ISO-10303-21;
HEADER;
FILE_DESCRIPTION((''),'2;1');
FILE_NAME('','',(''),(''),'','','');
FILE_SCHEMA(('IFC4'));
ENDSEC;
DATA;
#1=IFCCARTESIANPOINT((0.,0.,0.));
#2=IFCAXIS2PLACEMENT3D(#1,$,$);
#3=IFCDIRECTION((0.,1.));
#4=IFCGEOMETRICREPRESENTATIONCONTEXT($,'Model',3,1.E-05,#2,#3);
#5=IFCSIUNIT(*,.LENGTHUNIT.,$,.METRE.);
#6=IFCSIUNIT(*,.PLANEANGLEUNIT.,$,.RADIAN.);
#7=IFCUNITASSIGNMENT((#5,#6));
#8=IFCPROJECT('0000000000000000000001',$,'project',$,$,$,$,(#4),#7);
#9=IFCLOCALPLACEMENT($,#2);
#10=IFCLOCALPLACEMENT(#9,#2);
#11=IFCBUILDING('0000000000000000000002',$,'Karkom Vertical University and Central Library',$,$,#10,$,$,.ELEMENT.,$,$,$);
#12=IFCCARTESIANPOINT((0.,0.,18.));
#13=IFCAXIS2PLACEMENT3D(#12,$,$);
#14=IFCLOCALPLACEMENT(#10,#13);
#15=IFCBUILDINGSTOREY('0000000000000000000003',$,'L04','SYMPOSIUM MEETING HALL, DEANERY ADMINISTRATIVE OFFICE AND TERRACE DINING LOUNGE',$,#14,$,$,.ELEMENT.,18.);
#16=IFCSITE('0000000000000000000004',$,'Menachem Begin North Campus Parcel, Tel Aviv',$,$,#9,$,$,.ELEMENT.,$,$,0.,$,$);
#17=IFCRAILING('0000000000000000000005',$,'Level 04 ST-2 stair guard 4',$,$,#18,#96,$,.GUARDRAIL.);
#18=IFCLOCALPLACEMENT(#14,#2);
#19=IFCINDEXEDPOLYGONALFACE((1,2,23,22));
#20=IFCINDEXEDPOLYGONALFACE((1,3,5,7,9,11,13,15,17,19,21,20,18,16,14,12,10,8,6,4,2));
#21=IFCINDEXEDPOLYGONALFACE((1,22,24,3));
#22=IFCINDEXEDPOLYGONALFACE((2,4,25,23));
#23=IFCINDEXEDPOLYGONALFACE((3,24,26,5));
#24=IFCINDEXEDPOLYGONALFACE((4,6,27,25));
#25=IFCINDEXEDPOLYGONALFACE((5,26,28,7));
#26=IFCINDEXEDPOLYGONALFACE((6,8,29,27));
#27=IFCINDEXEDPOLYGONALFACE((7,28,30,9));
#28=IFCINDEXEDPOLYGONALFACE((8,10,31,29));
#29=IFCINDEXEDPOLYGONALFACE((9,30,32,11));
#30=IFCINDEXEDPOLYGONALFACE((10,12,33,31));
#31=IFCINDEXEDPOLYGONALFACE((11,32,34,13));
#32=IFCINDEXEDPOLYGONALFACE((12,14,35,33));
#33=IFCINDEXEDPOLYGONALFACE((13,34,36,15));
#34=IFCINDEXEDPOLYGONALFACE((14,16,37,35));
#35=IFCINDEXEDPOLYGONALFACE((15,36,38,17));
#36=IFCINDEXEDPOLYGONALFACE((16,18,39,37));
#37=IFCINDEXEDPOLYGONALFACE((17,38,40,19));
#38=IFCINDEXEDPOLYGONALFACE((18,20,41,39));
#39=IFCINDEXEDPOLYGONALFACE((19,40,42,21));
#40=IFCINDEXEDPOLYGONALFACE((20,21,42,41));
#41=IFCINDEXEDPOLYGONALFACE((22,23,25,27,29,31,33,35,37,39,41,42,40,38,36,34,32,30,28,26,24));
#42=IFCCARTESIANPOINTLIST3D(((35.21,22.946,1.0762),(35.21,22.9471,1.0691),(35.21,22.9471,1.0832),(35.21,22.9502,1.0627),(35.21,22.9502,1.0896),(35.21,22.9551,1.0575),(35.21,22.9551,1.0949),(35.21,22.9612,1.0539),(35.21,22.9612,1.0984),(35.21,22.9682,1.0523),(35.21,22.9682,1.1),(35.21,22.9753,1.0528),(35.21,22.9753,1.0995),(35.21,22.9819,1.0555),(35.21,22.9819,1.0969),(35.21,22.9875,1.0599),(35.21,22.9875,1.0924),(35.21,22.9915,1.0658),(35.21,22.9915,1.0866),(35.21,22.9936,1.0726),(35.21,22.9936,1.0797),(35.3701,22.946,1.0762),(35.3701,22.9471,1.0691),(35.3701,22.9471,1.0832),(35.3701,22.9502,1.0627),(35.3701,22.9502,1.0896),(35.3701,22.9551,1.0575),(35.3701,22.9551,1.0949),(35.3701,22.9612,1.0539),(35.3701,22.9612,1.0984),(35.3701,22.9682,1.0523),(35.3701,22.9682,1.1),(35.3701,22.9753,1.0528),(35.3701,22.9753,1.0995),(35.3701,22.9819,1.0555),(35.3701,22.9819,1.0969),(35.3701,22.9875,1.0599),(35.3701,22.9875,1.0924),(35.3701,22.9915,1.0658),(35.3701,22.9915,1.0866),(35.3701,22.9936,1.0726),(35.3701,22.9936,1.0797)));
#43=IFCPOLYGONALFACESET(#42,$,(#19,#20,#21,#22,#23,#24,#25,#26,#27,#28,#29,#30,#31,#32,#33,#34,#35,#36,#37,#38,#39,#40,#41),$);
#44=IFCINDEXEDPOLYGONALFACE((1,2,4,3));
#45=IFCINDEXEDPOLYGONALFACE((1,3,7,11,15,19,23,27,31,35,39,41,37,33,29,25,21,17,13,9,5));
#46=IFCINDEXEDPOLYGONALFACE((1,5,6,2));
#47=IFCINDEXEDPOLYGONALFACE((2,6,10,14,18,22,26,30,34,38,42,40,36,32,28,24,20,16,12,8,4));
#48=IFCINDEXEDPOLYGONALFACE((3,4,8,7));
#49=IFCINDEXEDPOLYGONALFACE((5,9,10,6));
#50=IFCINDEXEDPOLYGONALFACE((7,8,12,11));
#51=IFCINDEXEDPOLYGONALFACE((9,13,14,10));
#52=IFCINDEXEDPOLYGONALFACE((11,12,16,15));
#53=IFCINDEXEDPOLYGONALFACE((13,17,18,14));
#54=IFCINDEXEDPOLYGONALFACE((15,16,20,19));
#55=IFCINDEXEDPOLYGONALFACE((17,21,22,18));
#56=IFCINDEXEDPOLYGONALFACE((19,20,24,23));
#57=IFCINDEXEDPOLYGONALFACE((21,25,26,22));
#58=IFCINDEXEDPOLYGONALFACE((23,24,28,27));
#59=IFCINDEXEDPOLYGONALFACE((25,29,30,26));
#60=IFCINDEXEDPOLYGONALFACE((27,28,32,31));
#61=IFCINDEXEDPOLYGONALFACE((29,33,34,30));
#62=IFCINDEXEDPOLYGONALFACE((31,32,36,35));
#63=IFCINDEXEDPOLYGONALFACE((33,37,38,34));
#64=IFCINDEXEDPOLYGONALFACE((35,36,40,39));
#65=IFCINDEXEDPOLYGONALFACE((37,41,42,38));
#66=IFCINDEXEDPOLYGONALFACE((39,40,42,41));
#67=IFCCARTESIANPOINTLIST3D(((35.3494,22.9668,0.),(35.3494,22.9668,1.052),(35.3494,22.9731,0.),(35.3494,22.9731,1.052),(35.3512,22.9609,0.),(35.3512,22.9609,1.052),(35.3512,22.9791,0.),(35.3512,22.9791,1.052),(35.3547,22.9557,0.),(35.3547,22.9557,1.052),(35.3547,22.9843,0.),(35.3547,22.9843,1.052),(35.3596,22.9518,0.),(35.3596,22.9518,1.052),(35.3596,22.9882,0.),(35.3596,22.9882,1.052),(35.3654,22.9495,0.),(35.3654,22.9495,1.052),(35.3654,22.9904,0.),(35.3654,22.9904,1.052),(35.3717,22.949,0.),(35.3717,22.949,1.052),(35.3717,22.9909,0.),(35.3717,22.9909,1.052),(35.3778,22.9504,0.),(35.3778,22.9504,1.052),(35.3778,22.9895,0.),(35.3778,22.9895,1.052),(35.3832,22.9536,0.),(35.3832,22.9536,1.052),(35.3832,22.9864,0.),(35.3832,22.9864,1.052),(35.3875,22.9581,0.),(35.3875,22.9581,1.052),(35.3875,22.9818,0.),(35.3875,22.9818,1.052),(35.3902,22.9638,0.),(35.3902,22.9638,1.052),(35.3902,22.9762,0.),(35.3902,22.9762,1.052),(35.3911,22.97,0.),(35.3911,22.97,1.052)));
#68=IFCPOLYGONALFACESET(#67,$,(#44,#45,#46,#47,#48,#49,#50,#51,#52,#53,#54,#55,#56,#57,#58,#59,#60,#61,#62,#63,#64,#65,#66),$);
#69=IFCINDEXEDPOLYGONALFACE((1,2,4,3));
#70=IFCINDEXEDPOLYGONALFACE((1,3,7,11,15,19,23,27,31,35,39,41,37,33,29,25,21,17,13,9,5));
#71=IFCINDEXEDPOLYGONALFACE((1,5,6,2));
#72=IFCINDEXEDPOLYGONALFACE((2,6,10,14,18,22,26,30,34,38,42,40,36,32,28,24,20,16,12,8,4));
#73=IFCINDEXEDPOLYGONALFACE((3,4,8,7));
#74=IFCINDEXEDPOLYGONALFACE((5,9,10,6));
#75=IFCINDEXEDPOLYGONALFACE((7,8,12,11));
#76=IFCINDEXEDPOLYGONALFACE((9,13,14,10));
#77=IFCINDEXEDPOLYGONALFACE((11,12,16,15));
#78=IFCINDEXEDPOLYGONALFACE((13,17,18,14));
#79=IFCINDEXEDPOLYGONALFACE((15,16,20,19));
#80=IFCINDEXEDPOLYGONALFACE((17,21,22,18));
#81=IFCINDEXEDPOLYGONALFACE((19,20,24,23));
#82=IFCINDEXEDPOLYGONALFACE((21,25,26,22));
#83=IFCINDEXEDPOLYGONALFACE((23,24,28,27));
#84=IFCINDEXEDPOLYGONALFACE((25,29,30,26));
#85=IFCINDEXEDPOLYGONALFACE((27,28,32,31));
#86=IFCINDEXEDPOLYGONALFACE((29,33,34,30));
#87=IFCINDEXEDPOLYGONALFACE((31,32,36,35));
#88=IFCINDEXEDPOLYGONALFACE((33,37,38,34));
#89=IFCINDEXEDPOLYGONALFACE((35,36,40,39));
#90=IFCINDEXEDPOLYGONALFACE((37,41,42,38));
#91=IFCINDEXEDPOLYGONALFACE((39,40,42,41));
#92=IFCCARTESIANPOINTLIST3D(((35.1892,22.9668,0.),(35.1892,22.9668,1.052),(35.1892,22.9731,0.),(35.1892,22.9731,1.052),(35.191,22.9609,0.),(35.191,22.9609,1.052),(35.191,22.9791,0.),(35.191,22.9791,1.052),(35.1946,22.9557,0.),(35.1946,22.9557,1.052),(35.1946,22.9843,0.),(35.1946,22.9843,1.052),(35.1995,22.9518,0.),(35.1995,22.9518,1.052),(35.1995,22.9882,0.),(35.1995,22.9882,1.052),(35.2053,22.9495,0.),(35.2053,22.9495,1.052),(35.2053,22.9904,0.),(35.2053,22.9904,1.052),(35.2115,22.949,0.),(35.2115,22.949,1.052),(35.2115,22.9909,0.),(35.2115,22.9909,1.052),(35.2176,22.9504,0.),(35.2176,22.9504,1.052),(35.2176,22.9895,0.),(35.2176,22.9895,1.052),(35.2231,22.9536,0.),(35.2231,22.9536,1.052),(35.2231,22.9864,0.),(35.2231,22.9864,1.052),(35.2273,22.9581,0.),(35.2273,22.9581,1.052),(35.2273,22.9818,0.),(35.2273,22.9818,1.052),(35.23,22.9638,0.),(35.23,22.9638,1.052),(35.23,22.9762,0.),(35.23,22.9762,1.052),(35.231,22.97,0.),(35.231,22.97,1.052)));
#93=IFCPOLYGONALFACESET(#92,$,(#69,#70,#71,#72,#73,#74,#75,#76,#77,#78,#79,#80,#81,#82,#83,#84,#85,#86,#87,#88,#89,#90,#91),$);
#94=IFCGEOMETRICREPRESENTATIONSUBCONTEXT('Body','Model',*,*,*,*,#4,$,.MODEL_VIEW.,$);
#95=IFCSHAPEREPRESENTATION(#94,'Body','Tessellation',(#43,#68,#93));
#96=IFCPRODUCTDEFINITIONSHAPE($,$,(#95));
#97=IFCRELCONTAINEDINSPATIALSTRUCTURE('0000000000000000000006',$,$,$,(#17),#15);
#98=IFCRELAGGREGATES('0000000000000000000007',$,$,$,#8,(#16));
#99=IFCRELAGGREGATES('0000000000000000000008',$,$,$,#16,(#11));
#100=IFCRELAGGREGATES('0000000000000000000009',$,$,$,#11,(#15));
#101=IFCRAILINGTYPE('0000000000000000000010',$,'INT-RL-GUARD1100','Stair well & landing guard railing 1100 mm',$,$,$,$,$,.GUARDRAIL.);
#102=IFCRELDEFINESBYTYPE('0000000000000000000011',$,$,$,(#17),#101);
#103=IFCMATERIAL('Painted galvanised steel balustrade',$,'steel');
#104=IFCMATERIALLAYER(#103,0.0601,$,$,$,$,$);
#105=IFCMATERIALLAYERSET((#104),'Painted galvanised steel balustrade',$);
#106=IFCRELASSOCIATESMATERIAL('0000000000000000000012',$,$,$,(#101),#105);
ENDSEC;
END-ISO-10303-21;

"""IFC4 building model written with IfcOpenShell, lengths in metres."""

from ifc_helpers import new_model, si_unit, direction, frame, origin, origin_2d, place, context, subcontext, project, spatial, circle, extrude, material, layer, layer_set, type_object, element, save


model = new_model("IFC4")

# Units and contexts
model_context = context("Model", 3, precision=1e-05, world=origin(), true_north=direction((0.0, 1.0)))
body_context = subcontext(model_context, "Body", "Model", "MODEL_VIEW")
ifc_project = project(units=[si_unit("LENGTHUNIT", "METRE"), si_unit("PLANEANGLEUNIT", "RADIAN")], contexts=[model_context])

# Site, building, storey
site_placement = place(None, origin())
site = spatial("IfcSite", under=ifc_project, at=site_placement, Name="Menachem Begin North Campus Parcel, Tel Aviv", CompositionType="ELEMENT", RefElevation=0.0)
building_placement = place(site_placement, origin())
building = spatial("IfcBuilding", under=site, at=building_placement, Name="Karkom Vertical University and Central Library", CompositionType="ELEMENT")
storey_placement = place(building_placement, frame((0.0, 0.0, 18.0)))
storey = spatial("IfcBuildingStorey", under=building, at=storey_placement, Name="L04", Description="SYMPOSIUM MEETING HALL, DEANERY ADMINISTRATIVE OFFICE AND TERRACE DINING LOUNGE", CompositionType="ELEMENT", Elevation=18.0)

# Railing
ifc_material_1 = material(Name="Painted galvanised steel balustrade", Category="steel")
ifc_layer_1 = layer(ifc_material_1, 0.0601)
ifc_layer_set_1 = layer_set([ifc_layer_1], Name="Painted galvanised steel balustrade")
railing_type_1 = type_object("IfcRailingType", Name="INT-RL-GUARD1100", Description="Stair well & landing guard railing 1100 mm", PredefinedType="GUARDRAIL", material=ifc_layer_set_1)
railing_1_placement = place(storey_placement, frame((35.3701, 22.97, 0.0)))
element("IfcRailing", 1, at=railing_1_placement, inside=storey, type_object=railing_type_1, Name="Level 04 ST-2 stair guard 4", PredefinedType="GUARDRAIL", context=body_context, shape_type="SweptSolid", body=[
    extrude(circle(Radius=0.0239, at=origin_2d()), frame((0.0, 0.0, 1.0762), z_axis=(-1.0, 0.0, 0.0), x_axis=(0.0, -1.0, 0.0)), (0.0, 0.0, 1.0), 0.1602),
    extrude(circle(Radius=0.021, at=origin_2d()), origin(), (0.0, 0.0, 1.0), 1.052),
    extrude(circle(Radius=0.021, at=origin_2d()), frame((-0.1602, 0.0, 0.0)), (0.0, 0.0, 1.0), 1.052),
])

save(model, "model.ifc")
